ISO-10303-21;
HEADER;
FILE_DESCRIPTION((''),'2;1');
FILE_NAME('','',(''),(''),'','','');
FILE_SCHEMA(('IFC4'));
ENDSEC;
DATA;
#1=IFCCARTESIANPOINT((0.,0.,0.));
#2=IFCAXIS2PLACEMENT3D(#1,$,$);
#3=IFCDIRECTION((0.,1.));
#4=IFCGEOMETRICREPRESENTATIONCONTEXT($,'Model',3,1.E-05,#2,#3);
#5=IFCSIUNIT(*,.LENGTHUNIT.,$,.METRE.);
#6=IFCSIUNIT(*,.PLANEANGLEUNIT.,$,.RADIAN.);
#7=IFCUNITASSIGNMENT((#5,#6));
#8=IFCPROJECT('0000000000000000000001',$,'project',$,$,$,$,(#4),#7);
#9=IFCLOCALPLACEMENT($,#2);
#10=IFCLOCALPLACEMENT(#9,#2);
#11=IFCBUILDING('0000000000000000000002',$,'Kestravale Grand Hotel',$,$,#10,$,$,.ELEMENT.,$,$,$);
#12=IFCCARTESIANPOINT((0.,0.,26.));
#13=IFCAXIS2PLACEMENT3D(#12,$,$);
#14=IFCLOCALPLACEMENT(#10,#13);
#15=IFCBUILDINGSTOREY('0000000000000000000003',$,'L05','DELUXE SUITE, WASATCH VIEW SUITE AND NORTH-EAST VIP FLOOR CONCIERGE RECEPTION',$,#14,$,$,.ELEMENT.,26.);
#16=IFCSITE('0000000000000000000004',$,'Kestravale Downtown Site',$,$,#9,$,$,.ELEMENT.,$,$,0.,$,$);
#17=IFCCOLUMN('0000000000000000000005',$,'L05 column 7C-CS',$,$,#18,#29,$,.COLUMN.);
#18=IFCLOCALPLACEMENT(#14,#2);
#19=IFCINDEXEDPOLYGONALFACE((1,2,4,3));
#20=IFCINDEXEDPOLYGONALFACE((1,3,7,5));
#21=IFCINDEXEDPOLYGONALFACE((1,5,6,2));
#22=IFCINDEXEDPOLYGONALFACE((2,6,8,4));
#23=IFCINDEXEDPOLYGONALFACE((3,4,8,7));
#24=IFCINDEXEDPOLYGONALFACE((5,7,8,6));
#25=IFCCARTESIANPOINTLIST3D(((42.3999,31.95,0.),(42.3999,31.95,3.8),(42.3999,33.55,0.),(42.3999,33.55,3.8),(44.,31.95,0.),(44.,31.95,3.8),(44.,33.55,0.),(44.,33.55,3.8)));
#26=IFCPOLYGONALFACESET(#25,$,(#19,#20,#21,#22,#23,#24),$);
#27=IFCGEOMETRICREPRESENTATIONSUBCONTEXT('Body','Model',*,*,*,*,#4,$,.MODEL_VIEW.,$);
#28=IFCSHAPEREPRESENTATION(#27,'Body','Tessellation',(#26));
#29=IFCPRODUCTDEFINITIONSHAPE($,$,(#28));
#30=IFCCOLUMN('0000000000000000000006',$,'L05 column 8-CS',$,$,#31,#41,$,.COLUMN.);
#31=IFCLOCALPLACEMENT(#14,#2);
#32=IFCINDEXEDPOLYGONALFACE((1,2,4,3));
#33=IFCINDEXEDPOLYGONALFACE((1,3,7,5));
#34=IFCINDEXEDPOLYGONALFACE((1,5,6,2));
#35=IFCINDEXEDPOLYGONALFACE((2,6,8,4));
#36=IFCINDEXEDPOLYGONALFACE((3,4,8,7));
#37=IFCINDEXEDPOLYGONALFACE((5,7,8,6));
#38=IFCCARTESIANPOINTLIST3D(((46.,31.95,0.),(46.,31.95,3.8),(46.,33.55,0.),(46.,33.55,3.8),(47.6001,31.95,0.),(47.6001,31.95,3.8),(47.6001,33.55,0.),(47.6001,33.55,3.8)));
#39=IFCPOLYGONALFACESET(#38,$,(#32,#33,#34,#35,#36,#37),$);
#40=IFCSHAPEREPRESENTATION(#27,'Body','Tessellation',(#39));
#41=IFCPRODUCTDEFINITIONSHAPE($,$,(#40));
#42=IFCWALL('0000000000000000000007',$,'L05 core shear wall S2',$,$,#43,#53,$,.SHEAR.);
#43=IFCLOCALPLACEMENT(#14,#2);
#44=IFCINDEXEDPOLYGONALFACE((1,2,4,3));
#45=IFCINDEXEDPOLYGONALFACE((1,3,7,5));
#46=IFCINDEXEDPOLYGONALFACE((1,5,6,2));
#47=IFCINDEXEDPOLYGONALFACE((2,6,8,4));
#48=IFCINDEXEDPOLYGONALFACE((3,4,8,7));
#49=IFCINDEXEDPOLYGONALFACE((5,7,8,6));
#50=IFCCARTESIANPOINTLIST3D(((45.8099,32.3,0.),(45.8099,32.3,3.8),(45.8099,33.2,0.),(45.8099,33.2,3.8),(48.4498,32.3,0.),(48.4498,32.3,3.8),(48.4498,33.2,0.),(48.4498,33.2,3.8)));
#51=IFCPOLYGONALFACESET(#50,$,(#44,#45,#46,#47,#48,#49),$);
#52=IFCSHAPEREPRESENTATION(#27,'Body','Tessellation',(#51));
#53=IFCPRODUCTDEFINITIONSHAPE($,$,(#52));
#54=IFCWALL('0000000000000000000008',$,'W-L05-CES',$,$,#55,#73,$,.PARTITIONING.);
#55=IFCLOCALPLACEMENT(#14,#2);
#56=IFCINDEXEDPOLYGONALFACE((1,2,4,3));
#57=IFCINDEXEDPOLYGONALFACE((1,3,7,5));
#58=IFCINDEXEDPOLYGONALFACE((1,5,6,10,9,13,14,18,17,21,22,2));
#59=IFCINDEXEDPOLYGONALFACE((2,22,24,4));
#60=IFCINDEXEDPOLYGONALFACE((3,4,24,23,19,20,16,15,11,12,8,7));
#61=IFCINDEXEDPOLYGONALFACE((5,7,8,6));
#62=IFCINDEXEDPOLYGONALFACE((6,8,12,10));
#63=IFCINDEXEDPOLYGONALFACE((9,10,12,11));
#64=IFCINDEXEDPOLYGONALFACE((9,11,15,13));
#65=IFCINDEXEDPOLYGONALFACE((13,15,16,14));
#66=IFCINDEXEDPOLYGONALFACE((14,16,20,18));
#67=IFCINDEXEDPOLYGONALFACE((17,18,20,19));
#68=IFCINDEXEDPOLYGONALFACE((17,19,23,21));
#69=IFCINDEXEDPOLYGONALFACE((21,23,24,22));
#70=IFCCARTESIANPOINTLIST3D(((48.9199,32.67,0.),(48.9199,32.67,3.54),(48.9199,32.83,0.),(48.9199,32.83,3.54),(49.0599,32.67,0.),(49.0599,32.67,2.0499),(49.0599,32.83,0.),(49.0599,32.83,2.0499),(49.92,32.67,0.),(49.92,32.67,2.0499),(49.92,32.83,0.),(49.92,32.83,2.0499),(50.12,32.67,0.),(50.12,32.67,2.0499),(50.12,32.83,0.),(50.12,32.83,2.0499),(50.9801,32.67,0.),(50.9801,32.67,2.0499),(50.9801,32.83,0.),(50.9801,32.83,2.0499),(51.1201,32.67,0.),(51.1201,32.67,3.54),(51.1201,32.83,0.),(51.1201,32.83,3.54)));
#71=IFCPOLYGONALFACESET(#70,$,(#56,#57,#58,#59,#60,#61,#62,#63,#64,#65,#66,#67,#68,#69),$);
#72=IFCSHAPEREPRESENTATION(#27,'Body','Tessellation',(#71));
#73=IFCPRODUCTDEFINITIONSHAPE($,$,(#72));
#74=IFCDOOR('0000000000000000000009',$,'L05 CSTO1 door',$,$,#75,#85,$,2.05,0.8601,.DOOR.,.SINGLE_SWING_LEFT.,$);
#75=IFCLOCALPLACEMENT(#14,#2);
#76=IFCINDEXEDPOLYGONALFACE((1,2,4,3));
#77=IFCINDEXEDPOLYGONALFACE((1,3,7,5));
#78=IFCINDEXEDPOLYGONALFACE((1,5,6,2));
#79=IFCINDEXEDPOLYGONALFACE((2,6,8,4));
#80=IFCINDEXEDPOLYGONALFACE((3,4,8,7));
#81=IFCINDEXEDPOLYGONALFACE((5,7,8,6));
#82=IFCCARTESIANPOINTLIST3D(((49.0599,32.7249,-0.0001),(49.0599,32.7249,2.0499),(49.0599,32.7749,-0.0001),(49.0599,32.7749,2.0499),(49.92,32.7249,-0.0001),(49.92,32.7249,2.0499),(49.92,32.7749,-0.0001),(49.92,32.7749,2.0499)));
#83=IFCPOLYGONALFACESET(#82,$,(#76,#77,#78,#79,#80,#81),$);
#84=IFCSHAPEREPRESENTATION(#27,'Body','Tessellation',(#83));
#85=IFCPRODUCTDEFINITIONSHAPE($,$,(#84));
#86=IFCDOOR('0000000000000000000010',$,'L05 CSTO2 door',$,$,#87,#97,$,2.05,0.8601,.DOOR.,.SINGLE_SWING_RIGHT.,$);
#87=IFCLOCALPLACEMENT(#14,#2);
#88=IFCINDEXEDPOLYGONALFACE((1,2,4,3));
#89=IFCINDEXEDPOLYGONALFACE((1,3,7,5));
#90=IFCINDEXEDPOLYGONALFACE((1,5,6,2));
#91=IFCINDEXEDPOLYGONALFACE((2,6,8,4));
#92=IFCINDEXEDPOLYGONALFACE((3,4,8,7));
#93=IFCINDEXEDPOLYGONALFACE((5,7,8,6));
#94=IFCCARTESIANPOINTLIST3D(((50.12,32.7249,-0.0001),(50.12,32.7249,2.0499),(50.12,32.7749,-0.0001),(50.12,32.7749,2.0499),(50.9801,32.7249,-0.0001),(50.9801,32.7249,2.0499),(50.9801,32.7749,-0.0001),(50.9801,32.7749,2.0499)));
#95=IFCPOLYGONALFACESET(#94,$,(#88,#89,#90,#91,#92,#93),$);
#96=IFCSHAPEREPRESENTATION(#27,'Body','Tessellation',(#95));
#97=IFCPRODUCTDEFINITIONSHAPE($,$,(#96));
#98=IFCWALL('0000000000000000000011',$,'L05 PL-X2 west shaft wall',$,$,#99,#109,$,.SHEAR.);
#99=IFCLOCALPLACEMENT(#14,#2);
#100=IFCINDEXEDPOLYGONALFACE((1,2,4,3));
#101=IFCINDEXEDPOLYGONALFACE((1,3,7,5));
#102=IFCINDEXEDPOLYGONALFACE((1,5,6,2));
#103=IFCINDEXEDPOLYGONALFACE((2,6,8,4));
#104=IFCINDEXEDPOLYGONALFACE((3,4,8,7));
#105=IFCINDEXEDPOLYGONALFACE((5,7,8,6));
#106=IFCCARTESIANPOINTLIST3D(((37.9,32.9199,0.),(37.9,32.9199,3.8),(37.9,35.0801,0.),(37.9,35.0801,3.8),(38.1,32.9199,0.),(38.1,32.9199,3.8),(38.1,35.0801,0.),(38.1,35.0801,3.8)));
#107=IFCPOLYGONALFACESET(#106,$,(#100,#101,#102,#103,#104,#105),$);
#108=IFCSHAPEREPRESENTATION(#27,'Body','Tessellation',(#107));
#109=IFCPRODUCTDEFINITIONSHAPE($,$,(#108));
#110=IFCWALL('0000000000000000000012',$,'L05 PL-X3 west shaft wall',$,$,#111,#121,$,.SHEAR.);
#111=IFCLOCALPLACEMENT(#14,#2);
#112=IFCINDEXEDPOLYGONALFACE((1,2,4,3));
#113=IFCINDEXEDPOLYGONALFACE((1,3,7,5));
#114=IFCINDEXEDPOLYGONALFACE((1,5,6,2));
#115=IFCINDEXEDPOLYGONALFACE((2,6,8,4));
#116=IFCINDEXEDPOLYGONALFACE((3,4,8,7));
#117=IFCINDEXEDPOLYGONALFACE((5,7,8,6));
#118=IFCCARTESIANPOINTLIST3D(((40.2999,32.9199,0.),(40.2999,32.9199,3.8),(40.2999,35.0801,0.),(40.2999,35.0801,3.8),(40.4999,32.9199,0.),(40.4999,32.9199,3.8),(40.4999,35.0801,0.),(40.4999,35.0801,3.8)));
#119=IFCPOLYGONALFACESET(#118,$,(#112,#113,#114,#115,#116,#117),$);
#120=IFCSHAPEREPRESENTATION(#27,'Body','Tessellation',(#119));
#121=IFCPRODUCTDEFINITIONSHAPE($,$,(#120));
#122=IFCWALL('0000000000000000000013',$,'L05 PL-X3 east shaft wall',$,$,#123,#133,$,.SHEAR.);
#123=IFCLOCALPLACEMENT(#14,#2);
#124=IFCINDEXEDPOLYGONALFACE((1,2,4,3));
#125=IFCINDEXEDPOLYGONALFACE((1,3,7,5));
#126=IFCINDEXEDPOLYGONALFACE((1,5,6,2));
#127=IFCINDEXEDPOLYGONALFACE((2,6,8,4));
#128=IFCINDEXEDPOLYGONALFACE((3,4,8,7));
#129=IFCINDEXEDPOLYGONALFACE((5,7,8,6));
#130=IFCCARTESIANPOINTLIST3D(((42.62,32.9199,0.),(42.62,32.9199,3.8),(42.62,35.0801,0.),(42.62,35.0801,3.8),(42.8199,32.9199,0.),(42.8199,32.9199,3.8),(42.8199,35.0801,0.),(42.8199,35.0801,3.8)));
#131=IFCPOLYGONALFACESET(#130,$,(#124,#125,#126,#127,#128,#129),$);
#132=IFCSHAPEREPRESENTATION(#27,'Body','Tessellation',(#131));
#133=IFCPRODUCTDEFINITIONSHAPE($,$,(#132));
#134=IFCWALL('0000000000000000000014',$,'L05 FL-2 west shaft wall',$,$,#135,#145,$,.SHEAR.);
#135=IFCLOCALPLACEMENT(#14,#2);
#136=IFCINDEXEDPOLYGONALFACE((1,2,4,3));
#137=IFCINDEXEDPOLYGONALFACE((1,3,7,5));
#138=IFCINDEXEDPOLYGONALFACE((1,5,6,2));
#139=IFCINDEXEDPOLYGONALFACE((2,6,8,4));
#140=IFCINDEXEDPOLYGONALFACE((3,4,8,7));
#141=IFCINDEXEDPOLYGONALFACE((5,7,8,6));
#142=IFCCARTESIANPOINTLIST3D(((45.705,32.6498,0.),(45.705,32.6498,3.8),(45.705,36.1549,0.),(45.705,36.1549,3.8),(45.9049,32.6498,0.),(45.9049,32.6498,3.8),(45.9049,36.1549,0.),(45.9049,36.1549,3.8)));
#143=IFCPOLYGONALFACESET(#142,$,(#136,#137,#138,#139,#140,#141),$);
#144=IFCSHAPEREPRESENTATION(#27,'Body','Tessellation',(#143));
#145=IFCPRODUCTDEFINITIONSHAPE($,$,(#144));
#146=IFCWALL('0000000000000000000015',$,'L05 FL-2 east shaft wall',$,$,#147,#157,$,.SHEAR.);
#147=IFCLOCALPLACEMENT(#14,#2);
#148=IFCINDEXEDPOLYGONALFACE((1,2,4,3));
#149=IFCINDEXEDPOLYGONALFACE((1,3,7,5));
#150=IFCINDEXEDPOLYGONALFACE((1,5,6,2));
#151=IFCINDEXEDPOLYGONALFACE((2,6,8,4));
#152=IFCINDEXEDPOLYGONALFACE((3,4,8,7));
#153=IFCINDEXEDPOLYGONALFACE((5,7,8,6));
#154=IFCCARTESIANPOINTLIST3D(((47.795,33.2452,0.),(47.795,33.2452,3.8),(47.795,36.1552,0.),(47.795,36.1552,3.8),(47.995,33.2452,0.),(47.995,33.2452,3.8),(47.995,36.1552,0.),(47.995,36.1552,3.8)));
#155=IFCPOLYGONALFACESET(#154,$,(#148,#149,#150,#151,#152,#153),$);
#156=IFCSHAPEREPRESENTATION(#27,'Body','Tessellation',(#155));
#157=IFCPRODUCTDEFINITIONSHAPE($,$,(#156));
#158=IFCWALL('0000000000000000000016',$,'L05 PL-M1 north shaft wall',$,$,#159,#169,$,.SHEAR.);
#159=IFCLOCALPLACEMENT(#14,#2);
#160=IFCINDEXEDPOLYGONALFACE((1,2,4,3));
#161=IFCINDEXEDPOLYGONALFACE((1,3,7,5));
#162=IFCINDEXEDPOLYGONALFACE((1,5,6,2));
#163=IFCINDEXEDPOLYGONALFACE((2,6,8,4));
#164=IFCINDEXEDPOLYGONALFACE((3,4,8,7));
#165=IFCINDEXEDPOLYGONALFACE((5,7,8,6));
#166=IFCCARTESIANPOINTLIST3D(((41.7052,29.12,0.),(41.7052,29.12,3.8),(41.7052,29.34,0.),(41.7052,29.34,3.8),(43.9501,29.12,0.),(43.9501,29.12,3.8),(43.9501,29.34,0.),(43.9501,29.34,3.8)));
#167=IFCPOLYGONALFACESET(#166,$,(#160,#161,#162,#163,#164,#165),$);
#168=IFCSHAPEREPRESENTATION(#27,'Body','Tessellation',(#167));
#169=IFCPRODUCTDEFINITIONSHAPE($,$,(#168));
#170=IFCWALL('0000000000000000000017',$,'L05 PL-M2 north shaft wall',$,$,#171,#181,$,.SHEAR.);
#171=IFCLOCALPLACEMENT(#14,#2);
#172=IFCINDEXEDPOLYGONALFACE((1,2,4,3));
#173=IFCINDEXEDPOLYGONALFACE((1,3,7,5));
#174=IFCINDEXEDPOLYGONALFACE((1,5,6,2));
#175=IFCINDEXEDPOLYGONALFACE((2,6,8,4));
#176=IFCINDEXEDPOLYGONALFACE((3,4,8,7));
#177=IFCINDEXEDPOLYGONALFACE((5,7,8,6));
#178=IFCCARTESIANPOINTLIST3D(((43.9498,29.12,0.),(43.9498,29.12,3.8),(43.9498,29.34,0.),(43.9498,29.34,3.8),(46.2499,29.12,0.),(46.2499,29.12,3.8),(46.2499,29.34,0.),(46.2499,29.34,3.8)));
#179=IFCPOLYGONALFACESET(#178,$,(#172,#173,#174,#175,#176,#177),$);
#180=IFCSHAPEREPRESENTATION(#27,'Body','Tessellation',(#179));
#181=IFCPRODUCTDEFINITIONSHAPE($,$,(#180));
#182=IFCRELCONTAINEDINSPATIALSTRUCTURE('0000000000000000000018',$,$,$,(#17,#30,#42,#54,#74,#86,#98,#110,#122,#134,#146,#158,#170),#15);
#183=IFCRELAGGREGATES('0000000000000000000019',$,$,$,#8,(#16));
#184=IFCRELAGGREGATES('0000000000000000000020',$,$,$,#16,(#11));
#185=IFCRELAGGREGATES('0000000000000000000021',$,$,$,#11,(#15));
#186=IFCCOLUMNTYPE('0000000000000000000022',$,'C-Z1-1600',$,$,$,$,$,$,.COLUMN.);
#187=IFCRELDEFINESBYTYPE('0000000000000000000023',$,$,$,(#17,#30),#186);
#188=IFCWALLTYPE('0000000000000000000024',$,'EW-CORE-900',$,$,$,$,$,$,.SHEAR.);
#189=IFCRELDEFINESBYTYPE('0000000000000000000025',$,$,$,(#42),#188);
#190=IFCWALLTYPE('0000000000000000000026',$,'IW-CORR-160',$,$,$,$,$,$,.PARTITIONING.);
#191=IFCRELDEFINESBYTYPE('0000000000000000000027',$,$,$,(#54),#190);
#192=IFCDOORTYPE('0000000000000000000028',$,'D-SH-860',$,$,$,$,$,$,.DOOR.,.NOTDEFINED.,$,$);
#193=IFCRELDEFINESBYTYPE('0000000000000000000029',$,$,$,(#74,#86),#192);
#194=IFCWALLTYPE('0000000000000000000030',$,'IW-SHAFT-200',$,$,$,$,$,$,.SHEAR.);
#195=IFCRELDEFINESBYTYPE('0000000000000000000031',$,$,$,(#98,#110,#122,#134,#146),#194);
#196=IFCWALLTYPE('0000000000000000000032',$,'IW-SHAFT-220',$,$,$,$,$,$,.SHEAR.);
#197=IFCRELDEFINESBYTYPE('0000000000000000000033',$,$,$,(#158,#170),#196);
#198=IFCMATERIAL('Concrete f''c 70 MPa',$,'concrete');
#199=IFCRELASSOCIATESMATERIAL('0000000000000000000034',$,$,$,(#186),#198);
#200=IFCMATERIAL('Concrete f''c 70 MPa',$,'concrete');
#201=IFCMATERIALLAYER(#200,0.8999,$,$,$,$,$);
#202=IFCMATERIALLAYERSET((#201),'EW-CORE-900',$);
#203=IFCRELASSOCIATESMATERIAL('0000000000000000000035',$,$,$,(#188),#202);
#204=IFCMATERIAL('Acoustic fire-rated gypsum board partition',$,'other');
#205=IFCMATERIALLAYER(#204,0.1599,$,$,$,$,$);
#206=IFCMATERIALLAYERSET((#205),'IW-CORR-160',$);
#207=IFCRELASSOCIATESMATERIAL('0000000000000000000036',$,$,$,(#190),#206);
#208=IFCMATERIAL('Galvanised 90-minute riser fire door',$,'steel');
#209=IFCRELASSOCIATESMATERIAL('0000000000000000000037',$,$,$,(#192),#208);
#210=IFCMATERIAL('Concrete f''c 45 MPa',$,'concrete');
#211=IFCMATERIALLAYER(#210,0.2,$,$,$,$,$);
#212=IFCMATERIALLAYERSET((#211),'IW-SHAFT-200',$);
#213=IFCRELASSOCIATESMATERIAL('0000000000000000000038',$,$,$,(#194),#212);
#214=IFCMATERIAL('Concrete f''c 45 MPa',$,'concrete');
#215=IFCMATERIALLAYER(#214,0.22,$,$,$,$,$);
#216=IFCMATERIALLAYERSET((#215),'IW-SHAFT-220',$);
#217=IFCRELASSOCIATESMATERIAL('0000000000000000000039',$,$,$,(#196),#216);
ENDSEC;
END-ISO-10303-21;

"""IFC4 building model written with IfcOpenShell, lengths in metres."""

from ifc_helpers import new_model, si_unit, direction, frame, frame_2d, origin, origin_2d, place, context, subcontext, project, spatial, rectangle, extrude, material, layer, layer_set, material_profile, profile_set, type_object, element, fill, save


model = new_model("IFC4")

# Units and contexts
model_context = context("Model", 3, precision=1e-05, world=origin(), true_north=direction((0.0, 1.0)))
body_context = subcontext(model_context, "Body", "Model", "MODEL_VIEW")
ifc_project = project(units=[si_unit("LENGTHUNIT", "METRE"), si_unit("PLANEANGLEUNIT", "RADIAN")], contexts=[model_context])

# Site, building, storey
site_placement = place(None, origin())
site = spatial("IfcSite", under=ifc_project, at=site_placement, Name="Kestravale Downtown Site", CompositionType="ELEMENT", RefElevation=0.0)
building_placement = place(site_placement, origin())
building = spatial("IfcBuilding", under=site, at=building_placement, Name="Kestravale Grand Hotel", CompositionType="ELEMENT")
storey_placement = place(building_placement, frame((0.0, 0.0, 26.0)))
storey = spatial("IfcBuildingStorey", under=building, at=storey_placement, Name="L05", Description="DELUXE SUITE, WASATCH VIEW SUITE AND NORTH-EAST VIP FLOOR CONCIERGE RECEPTION", CompositionType="ELEMENT", Elevation=26.0)

# Columns
ifc_material_1 = material(Name="Concrete f'c 70 MPa", Category="concrete")
ifc_material_profile = material_profile(ifc_material_1, rectangle(XDim=1.6001, YDim=1.6001, at=origin_2d()))
ifc_profile_set = profile_set([ifc_material_profile], Name="Concrete f'c 70 MPa")
column_type = type_object("IfcColumnType", Name="C-Z1-1600", PredefinedType="COLUMN", material=ifc_profile_set)
for number, where, z_axis, x_axis, name in (
    (1, (43.2, 32.75, 0.0), (0.0, 0.0, 1.0), (1.0, 0.0, 0.0), "L05 column 7C-CS"),
    (2, (46.8, 32.75, 0.0), (0.0, 0.0, 1.0), (1.0, 0.0, 0.0), "L05 column 8-CS"),
):
    element("IfcColumn", number, at=place(storey_placement, frame(where, z_axis=z_axis, x_axis=x_axis)), inside=storey, type_object=column_type, Name=name, PredefinedType="COLUMN", context=body_context, shape_type="SweptSolid", body=[
        extrude(rectangle(XDim=1.6001, YDim=1.6001, at=origin_2d()), origin(), (0.0, 0.0, 1.0), 3.8),
    ])

# Wall
ifc_material_2 = material(Name="Concrete f'c 70 MPa", Category="concrete")
ifc_layer_1 = layer(ifc_material_2, 0.8999)
ifc_layer_set_1 = layer_set([ifc_layer_1], Name="EW-CORE-900")
wall_type_1 = type_object("IfcWallType", Name="EW-CORE-900", PredefinedType="SHEAR", material=ifc_layer_set_1)
wall_1_placement = place(storey_placement, frame((45.8101, 32.75, 0.0), z_axis=(0.0, 0.0, 1.0), x_axis=(1.0, 0.0, 0.0)))
element("IfcWall", 3, at=wall_1_placement, inside=storey, type_object=wall_type_1, Name="L05 core shear wall S2", PredefinedType="SHEAR", context=body_context, shape_type="SweptSolid", body=[
    extrude(rectangle(XDim=2.6399, YDim=0.8999, at=frame_2d((1.3198, 0.0))), origin(), (0.0, 0.0, 1.0), 3.8),
])

# Wall, openings, doors
ifc_material_3 = material(Name="Acoustic fire-rated gypsum board partition", Category="other")
ifc_layer_2 = layer(ifc_material_3, 0.1599)
ifc_layer_set_2 = layer_set([ifc_layer_2], Name="IW-CORR-160")
wall_type_2 = type_object("IfcWallType", Name="IW-CORR-160", PredefinedType="PARTITIONING", material=ifc_layer_set_2)
wall_2_placement = place(storey_placement, frame((48.9199, 32.75, 0.0), z_axis=(0.0, 0.0, 1.0), x_axis=(1.0, 0.0, 0.0)))
wall_2 = element("IfcWall", 4, at=wall_2_placement, inside=storey, type_object=wall_type_2, Name="W-L05-CES", PredefinedType="PARTITIONING", context=body_context, shape_type="SweptSolid", body=[
    extrude(rectangle(XDim=2.2002, YDim=0.1599, at=frame_2d((1.1001, 0.0))), origin(), (0.0, 0.0, 1.0), 3.54),
])
opening_1_placement = place(wall_2_placement, frame((0.1399, 0.0, 0.0)))
opening_1 = element("IfcOpeningElement", 5, at=opening_1_placement, cuts=wall_2, PredefinedType="OPENING", context=body_context, shape_type="SweptSolid", body=[
    extrude(rectangle(XDim=0.8601, YDim=2.05, at=frame_2d((0.4302, 1.0249))), frame((0.0, 0.0898, 0.0), z_axis=(0.0, -1.0, 0.0), x_axis=(1.0, 0.0, 0.0)), (0.0, 0.0, 1.0), 0.1799),
])
opening_2_placement = place(wall_2_placement, frame((1.2, 0.0, 0.0)))
opening_2 = element("IfcOpeningElement", 6, at=opening_2_placement, cuts=wall_2, PredefinedType="OPENING", context=body_context, shape_type="SweptSolid", body=[
    extrude(rectangle(XDim=0.8601, YDim=2.05, at=frame_2d((0.4302, 1.0249))), frame((0.0, 0.0898, 0.0), z_axis=(0.0, -1.0, 0.0), x_axis=(1.0, 0.0, 0.0)), (0.0, 0.0, 1.0), 0.1799),
])
ifc_material_4 = material(Name="Galvanised 90-minute riser fire door", Category="steel")
door_type_1 = type_object("IfcDoorType", Name="D-SH-860", OperationType="NOTDEFINED", PredefinedType="DOOR", material=ifc_material_4)
door_1_placement = place(opening_1_placement, origin())
door_1 = element("IfcDoor", 7, at=door_1_placement, inside=storey, type_object=door_type_1, Name="L05 CSTO1 door", OperationType="SINGLE_SWING_LEFT", OverallHeight=2.05, OverallWidth=0.8601, PredefinedType="DOOR", context=body_context, shape_type="SweptSolid", body=[
    extrude(rectangle(XDim=0.8601, YDim=2.05, at=frame_2d((0.4302, 1.0249))), frame((0.0, 0.0249, 0.0), z_axis=(0.0, -1.0, 0.0), x_axis=(1.0, 0.0, 0.0)), (0.0, 0.0, 1.0), 0.05),
])
fill(opening_1, door_1)
door_2_placement = place(opening_2_placement, origin())
door_2 = element("IfcDoor", 8, at=door_2_placement, inside=storey, type_object=door_type_1, Name="L05 CSTO2 door", OperationType="SINGLE_SWING_RIGHT", OverallHeight=2.05, OverallWidth=0.8601, PredefinedType="DOOR", context=body_context, shape_type="SweptSolid", body=[
    extrude(rectangle(XDim=0.8601, YDim=2.05, at=frame_2d((0.4302, 1.0249))), frame((0.0, 0.0249, 0.0), z_axis=(0.0, -1.0, 0.0), x_axis=(1.0, 0.0, 0.0)), (0.0, 0.0, 1.0), 0.05),
])
fill(opening_2, door_2)

# Walls
ifc_material_5 = material(Name="Concrete f'c 45 MPa", Category="concrete")
ifc_layer_3 = layer(ifc_material_5, 0.2)
ifc_layer_set_3 = layer_set([ifc_layer_3], Name="IW-SHAFT-200")
wall_type_3 = type_object("IfcWallType", Name="IW-SHAFT-200", PredefinedType="SHEAR", material=ifc_layer_set_3)
for number, where, z_axis, x_axis, name in (
    (9, (38.0, 32.9199, 0.0), (0.0, 0.0, 1.0), (0.0, 1.0, 0.0), "L05 PL-X2 west shaft wall"),
    (10, (40.3999, 32.9199, 0.0), (0.0, 0.0, 1.0), (0.0, 1.0, 0.0), "L05 PL-X3 west shaft wall"),
    (11, (42.72, 32.9199, 0.0), (0.0, 0.0, 1.0), (0.0, 1.0, 0.0), "L05 PL-X3 east shaft wall"),
):
    element("IfcWall", number, at=place(storey_placement, frame(where, z_axis=z_axis, x_axis=x_axis)), inside=storey, type_object=wall_type_3, Name=name, PredefinedType="SHEAR", context=body_context, shape_type="SweptSolid", body=[
        extrude(rectangle(XDim=2.1602, YDim=0.2, at=frame_2d((1.0801, 0.0))), origin(), (0.0, 0.0, 1.0), 3.8),
    ])
wall_3_placement = place(storey_placement, frame((45.8049, 32.6499, 0.0), z_axis=(0.0, 0.0, 1.0), x_axis=(0.0, 1.0, 0.0)))
element("IfcWall", 12, at=wall_3_placement, inside=storey, type_object=wall_type_3, Name="L05 FL-2 west shaft wall", PredefinedType="SHEAR", context=body_context, shape_type="SweptSolid", body=[
    extrude(rectangle(XDim=3.5051, YDim=0.2, at=frame_2d((1.7524, 0.0))), origin(), (0.0, 0.0, 1.0), 3.8),
])
wall_4_placement = place(storey_placement, frame((47.895, 33.2451, 0.0), z_axis=(0.0, 0.0, 1.0), x_axis=(0.0, 1.0, 0.0)))
element("IfcWall", 13, at=wall_4_placement, inside=storey, type_object=wall_type_3, Name="L05 FL-2 east shaft wall", PredefinedType="SHEAR", context=body_context, shape_type="SweptSolid", body=[
    extrude(rectangle(XDim=2.9099, YDim=0.2, at=frame_2d((1.4551, 0.0))), origin(), (0.0, 0.0, 1.0), 3.8),
])
ifc_material_6 = material(Name="Concrete f'c 45 MPa", Category="concrete")
ifc_layer_4 = layer(ifc_material_6, 0.22)
ifc_layer_set_4 = layer_set([ifc_layer_4], Name="IW-SHAFT-220")
wall_type_4 = type_object("IfcWallType", Name="IW-SHAFT-220", PredefinedType="SHEAR", material=ifc_layer_set_4)
wall_5_placement = place(storey_placement, frame((41.7051, 29.23, 0.0), z_axis=(0.0, 0.0, 1.0), x_axis=(1.0, 0.0, 0.0)))
element("IfcWall", 14, at=wall_5_placement, inside=storey, type_object=wall_type_4, Name="L05 PL-M1 north shaft wall", PredefinedType="SHEAR", context=body_context, shape_type="SweptSolid", body=[
    extrude(rectangle(XDim=2.2449, YDim=0.22, at=frame_2d((1.1226, 0.0))), origin(), (0.0, 0.0, 1.0), 3.8),
])
for number, where, z_axis, x_axis, name in (
    (15, (43.95, 29.23, 0.0), (0.0, 0.0, 1.0), (1.0, 0.0, 0.0), "L05 PL-M2 north shaft wall"),
):
    element("IfcWall", number, at=place(storey_placement, frame(where, z_axis=z_axis, x_axis=x_axis)), inside=storey, type_object=wall_type_4, Name=name, PredefinedType="SHEAR", context=body_context, shape_type="SweptSolid", body=[
        extrude(rectangle(XDim=2.3, YDim=0.22, at=frame_2d((1.1499, 0.0))), origin(), (0.0, 0.0, 1.0), 3.8),
    ])

save(model, "model.ifc")
